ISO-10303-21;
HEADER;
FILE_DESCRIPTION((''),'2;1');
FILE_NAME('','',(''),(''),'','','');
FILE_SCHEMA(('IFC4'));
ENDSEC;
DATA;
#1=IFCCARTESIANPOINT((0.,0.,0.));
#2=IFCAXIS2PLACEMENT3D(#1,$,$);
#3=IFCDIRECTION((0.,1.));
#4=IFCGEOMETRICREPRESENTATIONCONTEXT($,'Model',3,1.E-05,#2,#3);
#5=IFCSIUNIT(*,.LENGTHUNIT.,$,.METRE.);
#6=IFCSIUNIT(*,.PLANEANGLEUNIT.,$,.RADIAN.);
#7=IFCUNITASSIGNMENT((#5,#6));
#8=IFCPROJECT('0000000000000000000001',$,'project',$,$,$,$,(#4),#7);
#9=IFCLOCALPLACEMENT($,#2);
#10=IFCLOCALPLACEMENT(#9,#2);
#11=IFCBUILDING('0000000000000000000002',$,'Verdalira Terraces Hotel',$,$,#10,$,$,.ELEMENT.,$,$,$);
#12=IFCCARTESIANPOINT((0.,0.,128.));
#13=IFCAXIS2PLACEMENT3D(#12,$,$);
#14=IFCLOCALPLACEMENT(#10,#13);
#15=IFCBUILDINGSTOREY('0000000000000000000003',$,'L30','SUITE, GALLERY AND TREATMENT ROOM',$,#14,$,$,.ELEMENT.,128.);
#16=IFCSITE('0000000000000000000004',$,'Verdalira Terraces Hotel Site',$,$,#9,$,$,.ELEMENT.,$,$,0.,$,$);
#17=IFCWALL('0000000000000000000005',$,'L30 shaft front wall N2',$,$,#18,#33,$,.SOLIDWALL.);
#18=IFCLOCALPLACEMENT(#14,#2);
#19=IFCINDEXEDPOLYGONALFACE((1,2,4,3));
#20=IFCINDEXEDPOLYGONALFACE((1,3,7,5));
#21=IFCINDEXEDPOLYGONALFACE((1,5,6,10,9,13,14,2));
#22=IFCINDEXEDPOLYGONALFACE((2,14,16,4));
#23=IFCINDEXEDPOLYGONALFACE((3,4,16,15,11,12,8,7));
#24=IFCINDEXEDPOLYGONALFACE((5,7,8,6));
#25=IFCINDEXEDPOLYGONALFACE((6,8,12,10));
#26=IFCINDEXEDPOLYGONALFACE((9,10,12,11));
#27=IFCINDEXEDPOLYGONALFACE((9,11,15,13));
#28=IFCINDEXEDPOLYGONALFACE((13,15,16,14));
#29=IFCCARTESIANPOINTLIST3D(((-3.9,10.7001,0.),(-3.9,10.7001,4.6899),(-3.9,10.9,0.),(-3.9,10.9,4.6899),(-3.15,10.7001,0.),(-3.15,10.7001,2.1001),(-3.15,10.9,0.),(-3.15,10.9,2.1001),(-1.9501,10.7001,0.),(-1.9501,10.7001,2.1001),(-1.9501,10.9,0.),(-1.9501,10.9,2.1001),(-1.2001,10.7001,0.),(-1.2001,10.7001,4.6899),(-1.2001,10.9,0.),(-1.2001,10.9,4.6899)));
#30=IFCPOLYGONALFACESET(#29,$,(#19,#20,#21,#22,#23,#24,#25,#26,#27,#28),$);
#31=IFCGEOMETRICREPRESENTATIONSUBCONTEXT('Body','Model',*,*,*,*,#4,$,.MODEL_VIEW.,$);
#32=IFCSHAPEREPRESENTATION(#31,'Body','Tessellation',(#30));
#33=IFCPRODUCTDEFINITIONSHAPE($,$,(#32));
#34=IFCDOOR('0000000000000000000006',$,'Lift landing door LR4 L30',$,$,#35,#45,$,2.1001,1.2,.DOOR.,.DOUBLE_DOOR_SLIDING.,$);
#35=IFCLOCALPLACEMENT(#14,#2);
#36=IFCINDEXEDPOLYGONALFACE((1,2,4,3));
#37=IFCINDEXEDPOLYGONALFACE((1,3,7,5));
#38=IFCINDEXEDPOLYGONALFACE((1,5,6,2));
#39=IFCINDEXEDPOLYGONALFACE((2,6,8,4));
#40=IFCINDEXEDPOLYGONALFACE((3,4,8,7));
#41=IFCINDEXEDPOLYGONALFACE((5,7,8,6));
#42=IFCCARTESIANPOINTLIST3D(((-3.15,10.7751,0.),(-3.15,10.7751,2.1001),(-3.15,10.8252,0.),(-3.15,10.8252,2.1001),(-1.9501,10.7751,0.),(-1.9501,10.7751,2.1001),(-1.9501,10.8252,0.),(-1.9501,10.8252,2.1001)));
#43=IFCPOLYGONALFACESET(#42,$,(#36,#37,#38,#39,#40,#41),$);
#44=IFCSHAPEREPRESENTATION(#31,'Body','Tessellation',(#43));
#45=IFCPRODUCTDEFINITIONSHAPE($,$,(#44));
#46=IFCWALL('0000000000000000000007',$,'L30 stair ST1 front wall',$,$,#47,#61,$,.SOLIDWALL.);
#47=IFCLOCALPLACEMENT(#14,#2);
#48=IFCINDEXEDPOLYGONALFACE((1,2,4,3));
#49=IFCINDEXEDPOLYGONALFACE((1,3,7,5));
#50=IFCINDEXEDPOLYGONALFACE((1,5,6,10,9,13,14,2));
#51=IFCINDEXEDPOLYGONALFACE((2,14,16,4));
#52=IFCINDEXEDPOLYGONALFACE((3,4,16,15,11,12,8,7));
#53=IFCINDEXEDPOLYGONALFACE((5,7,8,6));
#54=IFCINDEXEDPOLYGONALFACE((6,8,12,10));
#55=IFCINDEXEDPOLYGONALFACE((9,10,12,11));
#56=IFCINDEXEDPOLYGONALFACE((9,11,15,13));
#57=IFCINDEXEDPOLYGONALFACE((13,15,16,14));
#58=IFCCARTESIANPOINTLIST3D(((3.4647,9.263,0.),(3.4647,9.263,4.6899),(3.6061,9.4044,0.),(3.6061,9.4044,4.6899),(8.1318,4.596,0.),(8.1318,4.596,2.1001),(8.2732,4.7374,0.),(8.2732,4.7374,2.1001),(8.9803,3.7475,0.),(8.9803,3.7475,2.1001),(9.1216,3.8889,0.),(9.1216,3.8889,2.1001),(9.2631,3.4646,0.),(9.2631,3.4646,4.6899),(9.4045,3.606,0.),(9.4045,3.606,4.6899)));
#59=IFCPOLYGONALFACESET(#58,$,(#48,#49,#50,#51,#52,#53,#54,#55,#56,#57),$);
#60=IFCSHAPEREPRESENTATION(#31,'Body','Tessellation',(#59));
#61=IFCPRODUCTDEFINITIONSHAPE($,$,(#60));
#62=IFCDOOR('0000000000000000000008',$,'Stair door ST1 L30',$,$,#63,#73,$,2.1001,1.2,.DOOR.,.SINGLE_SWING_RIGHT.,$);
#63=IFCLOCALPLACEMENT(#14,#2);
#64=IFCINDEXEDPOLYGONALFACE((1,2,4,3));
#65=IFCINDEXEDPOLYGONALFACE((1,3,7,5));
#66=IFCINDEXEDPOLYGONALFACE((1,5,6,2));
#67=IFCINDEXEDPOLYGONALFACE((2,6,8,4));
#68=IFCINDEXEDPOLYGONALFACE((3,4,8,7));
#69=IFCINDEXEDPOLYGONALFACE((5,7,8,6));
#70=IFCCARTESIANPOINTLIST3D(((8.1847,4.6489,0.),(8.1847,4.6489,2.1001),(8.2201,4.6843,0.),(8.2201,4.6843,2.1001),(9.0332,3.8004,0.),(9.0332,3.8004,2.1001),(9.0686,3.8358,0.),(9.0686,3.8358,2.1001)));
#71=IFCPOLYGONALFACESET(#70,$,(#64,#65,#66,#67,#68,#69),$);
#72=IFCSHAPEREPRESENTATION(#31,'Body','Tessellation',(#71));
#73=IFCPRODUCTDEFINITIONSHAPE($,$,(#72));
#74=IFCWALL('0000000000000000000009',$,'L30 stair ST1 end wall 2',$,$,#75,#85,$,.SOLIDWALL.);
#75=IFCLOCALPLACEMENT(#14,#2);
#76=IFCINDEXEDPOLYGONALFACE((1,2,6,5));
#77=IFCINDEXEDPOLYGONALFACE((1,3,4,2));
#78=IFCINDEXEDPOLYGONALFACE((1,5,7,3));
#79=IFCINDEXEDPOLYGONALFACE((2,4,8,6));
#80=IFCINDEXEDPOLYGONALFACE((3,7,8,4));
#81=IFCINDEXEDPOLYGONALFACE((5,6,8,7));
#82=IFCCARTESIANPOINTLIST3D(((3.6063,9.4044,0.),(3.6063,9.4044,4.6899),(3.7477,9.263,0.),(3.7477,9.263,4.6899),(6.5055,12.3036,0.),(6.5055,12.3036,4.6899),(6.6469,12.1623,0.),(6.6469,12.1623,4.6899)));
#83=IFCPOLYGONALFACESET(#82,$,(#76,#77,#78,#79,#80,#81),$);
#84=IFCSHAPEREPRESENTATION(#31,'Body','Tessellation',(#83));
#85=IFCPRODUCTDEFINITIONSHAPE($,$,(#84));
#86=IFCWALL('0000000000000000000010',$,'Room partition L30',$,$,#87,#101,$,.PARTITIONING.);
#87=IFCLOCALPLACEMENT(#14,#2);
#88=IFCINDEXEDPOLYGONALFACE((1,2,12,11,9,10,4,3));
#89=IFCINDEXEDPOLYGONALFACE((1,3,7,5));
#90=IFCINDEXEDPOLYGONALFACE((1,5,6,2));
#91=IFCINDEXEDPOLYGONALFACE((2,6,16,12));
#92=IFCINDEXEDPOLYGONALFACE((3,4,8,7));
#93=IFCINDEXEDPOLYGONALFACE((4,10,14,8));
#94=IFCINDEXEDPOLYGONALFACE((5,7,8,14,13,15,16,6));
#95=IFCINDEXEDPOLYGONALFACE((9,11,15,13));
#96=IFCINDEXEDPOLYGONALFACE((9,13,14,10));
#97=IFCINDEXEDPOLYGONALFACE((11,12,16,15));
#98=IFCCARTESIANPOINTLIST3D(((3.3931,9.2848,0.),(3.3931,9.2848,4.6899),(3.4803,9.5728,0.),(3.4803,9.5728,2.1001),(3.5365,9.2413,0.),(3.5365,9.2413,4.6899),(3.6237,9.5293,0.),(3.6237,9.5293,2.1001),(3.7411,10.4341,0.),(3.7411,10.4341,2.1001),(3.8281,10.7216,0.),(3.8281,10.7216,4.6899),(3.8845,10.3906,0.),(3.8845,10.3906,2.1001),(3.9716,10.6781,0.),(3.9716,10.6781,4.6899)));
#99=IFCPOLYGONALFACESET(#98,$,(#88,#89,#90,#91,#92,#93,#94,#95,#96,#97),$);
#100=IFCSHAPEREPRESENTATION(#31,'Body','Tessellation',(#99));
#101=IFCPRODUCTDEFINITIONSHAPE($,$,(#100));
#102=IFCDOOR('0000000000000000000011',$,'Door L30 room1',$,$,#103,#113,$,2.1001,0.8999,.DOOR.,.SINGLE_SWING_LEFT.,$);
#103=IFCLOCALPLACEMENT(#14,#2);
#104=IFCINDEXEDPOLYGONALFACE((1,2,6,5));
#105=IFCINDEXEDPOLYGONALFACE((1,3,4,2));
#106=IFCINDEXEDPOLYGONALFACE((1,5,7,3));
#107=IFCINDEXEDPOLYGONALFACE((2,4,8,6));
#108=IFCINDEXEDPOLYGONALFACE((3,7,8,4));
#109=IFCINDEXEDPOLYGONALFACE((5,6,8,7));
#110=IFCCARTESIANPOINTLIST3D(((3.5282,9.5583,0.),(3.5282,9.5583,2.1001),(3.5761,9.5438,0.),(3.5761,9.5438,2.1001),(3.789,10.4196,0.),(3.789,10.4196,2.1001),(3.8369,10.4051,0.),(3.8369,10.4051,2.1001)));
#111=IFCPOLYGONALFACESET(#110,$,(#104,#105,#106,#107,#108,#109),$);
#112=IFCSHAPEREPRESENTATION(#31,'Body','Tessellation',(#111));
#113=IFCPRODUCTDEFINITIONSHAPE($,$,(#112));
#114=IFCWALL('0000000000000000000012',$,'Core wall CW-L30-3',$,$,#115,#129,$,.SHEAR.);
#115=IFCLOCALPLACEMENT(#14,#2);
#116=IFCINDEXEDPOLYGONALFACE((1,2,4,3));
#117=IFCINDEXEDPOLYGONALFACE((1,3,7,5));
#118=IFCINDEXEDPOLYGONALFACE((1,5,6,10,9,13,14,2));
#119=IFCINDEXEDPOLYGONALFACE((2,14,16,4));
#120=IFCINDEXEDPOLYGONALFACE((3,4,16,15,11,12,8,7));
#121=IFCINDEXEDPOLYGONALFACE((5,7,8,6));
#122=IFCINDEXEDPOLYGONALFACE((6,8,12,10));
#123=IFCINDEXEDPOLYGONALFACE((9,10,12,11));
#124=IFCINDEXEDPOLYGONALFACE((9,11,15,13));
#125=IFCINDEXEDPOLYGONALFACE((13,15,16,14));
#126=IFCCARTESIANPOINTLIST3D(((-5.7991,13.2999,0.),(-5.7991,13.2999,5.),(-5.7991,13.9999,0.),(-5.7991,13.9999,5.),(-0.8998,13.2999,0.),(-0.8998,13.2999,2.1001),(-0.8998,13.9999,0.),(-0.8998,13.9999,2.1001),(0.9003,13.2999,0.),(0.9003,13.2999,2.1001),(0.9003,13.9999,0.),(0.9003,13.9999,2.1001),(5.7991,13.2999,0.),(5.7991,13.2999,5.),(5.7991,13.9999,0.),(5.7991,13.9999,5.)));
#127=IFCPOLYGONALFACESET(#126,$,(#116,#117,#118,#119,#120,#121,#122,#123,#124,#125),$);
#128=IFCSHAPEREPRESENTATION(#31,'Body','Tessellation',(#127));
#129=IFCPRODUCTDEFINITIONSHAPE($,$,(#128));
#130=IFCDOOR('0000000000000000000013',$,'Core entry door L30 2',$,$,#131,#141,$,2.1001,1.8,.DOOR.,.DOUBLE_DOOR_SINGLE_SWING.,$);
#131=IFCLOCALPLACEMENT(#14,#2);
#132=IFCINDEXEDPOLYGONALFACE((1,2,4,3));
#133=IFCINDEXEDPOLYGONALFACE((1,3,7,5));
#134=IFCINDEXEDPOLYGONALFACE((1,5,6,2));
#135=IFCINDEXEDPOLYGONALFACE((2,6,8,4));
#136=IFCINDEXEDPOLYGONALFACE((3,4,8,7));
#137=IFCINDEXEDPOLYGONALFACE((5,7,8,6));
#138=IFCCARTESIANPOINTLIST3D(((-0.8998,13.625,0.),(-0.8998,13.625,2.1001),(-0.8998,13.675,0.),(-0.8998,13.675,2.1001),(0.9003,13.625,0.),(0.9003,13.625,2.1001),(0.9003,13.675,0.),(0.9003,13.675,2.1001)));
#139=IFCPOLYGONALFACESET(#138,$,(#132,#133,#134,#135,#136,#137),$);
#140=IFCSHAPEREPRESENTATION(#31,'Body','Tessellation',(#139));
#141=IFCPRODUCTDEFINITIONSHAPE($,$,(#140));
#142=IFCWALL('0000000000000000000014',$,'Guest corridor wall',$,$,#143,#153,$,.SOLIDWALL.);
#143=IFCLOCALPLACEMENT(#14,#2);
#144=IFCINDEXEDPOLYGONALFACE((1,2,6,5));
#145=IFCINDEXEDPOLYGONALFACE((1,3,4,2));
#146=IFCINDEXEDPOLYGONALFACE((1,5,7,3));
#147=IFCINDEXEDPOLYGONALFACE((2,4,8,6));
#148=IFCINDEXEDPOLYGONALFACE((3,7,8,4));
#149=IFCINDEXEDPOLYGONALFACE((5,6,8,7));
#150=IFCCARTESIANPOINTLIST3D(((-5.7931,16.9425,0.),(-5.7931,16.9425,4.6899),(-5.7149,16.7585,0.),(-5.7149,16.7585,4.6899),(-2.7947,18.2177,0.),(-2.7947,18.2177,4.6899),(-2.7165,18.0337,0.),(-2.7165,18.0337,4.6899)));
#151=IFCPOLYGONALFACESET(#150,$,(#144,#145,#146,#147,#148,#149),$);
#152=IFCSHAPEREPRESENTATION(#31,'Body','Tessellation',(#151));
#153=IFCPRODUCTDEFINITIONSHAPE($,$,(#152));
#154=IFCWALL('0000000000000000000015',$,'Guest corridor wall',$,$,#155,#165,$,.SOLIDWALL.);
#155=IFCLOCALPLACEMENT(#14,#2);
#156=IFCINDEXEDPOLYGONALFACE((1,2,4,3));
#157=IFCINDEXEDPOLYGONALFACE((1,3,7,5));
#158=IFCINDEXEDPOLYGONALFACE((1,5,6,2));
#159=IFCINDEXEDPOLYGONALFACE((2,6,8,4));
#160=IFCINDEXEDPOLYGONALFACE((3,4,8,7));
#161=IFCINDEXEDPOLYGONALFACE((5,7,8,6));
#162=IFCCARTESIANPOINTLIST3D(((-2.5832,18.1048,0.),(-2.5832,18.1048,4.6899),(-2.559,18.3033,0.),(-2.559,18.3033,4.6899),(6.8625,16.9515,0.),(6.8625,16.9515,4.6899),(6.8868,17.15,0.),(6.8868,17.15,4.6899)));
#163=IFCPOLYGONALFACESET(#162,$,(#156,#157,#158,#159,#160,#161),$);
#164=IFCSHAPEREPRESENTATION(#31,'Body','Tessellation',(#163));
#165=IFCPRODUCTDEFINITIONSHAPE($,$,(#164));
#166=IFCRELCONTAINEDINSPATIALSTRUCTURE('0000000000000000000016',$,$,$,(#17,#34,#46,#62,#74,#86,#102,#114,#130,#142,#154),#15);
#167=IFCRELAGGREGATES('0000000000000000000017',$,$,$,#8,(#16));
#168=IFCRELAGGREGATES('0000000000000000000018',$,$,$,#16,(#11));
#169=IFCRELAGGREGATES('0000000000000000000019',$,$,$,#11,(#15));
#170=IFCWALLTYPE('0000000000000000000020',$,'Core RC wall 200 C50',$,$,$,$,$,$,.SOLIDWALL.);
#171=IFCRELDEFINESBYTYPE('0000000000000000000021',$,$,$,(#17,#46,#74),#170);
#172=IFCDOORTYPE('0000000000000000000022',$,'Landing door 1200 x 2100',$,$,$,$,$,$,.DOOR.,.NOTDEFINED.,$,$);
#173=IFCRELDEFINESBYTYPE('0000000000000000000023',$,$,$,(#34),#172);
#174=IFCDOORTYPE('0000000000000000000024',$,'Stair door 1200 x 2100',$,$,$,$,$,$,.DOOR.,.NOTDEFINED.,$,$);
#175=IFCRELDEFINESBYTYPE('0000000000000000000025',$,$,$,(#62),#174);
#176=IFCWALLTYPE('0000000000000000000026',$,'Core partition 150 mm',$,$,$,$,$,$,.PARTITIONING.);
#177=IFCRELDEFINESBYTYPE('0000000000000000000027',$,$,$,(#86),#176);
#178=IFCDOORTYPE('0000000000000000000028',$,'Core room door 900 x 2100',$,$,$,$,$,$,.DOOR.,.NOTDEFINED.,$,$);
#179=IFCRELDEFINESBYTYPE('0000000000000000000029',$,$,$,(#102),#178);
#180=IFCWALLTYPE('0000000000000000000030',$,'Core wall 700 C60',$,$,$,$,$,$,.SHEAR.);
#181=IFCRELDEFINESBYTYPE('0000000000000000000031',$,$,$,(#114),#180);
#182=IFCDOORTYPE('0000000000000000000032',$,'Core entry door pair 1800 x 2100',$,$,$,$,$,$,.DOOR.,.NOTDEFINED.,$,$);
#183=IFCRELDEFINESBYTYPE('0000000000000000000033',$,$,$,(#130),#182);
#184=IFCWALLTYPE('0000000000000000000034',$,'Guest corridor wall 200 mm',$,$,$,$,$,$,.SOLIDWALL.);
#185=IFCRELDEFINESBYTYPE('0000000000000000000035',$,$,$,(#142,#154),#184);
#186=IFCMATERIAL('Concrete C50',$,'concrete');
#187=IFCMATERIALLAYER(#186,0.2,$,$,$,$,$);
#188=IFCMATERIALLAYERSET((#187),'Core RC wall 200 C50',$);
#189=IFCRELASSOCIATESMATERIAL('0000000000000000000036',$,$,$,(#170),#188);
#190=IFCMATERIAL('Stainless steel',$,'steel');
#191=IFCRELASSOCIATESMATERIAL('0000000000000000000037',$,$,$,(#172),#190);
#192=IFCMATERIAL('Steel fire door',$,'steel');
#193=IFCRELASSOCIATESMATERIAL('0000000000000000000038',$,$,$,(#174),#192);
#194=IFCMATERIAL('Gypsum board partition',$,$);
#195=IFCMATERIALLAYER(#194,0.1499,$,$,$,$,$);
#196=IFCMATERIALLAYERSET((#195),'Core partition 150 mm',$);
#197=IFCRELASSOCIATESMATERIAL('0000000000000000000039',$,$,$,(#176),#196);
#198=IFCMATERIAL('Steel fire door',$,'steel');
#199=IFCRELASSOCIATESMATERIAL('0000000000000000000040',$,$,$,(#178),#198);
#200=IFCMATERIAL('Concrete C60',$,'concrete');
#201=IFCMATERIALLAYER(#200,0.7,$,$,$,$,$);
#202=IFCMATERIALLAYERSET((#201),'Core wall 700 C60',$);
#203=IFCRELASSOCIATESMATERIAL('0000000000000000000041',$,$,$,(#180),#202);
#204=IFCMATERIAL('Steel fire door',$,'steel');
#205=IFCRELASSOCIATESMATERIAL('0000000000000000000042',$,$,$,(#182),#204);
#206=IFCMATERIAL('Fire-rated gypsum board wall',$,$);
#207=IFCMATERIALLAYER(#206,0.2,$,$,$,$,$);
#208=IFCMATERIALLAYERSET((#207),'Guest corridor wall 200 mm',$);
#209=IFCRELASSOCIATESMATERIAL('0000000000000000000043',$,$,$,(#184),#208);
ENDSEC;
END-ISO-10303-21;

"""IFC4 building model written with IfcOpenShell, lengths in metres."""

from ifc_helpers import new_model, si_unit, direction, frame, frame_2d, origin, place, context, subcontext, project, spatial, rectangle, extrude, material, layer, layer_set, type_object, element, fill, save


model = new_model("IFC4")

# Units and contexts
model_context = context("Model", 3, precision=1e-05, world=origin(), true_north=direction((0.0, 1.0)))
body_context = subcontext(model_context, "Body", "Model", "MODEL_VIEW")
ifc_project = project(units=[si_unit("LENGTHUNIT", "METRE"), si_unit("PLANEANGLEUNIT", "RADIAN")], contexts=[model_context])

# Site, building, storey
site_placement = place(None, origin())
site = spatial("IfcSite", under=ifc_project, at=site_placement, Name="Verdalira Terraces Hotel Site", CompositionType="ELEMENT", RefElevation=0.0)
building_placement = place(site_placement, origin())
building = spatial("IfcBuilding", under=site, at=building_placement, Name="Verdalira Terraces Hotel", CompositionType="ELEMENT")
storey_placement = place(building_placement, frame((0.0, 0.0, 128.0)))
storey = spatial("IfcBuildingStorey", under=building, at=storey_placement, Name="L30", Description="SUITE, GALLERY AND TREATMENT ROOM", CompositionType="ELEMENT", Elevation=128.0)

# Walls, openings, doors
ifc_material_1 = material(Name="Concrete C50", Category="concrete")
ifc_layer_1 = layer(ifc_material_1, 0.2)
ifc_layer_set_1 = layer_set([ifc_layer_1], Name="Core RC wall 200 C50")
wall_type_1 = type_object("IfcWallType", Name="Core RC wall 200 C50", PredefinedType="SOLIDWALL", material=ifc_layer_set_1)
ifc_material_2 = material(Name="Stainless steel", Category="steel")
door_type_1 = type_object("IfcDoorType", Name="Landing door 1200 x 2100", OperationType="NOTDEFINED", PredefinedType="DOOR", material=ifc_material_2)
wall_1_placement = place(storey_placement, frame((-1.2, 10.8, 0.0), z_axis=(0.0, 0.0, 1.0), x_axis=(-1.0, 0.0, 0.0)))
wall_1 = element("IfcWall", 1, at=wall_1_placement, inside=storey, type_object=wall_type_1, Name="L30 shaft front wall N2", PredefinedType="SOLIDWALL", context=body_context, shape_type="SweptSolid", body=[
    extrude(rectangle(XDim=2.7, YDim=0.2, at=frame_2d((1.3501, 0.0))), origin(), (0.0, 0.0, 1.0), 4.6899),
])
opening_1_placement = place(wall_1_placement, frame((0.75, 0.0, 0.0)))
opening_1 = element("IfcOpeningElement", 2, at=opening_1_placement, cuts=wall_1, PredefinedType="OPENING", context=body_context, shape_type="SweptSolid", body=[
    extrude(rectangle(XDim=1.2, YDim=2.1001, at=frame_2d((0.6001, 1.05))), frame((0.0, 0.1099, 0.0), z_axis=(0.0, -1.0, 0.0), x_axis=(1.0, 0.0, 0.0)), (0.0, 0.0, 1.0), 0.22),
])
door_1_placement = place(opening_1_placement, origin())
door_1 = element("IfcDoor", 3, at=door_1_placement, inside=storey, type_object=door_type_1, Name="Lift landing door LR4 L30", OperationType="DOUBLE_DOOR_SLIDING", OverallHeight=2.1001, OverallWidth=1.2, PredefinedType="DOOR", context=body_context, shape_type="SweptSolid", body=[
    extrude(rectangle(XDim=1.2, YDim=2.1001, at=frame_2d((0.6001, 1.05))), frame((0.0, 0.0249, 0.0), z_axis=(0.0, -1.0, 0.0), x_axis=(1.0, 0.0, 0.0)), (0.0, 0.0, 1.0), 0.05),
])
fill(opening_1, door_1)
wall_2_placement = place(storey_placement, frame((3.5354, 9.3337, 0.0), z_axis=(0.0, 0.0, 1.0), x_axis=(0.707107, -0.707107, 0.0)))
wall_2 = element("IfcWall", 4, at=wall_2_placement, inside=storey, type_object=wall_type_1, Name="L30 stair ST1 front wall", PredefinedType="SOLIDWALL", context=body_context, shape_type="SweptSolid", body=[
    extrude(rectangle(XDim=8.2002, YDim=0.2, at=frame_2d((4.1001, 0.0))), origin(), (0.0, 0.0, 1.0), 4.6899),
])
opening_2_placement = place(wall_2_placement, frame((6.6001, 0.0, 0.0)))
opening_2 = element("IfcOpeningElement", 5, at=opening_2_placement, cuts=wall_2, PredefinedType="OPENING", context=body_context, shape_type="SweptSolid", body=[
    extrude(rectangle(XDim=1.2, YDim=2.1001, at=frame_2d((0.6001, 1.05))), frame((0.0, 0.1099, 0.0), z_axis=(0.0, -1.0, 0.0), x_axis=(1.0, 0.0, 0.0)), (0.0, 0.0, 1.0), 0.22),
])
ifc_material_3 = material(Name="Steel fire door", Category="steel")
door_type_2 = type_object("IfcDoorType", Name="Stair door 1200 x 2100", OperationType="NOTDEFINED", PredefinedType="DOOR", material=ifc_material_3)
door_2_placement = place(opening_2_placement, origin())
door_2 = element("IfcDoor", 6, at=door_2_placement, inside=storey, type_object=door_type_2, Name="Stair door ST1 L30", OperationType="SINGLE_SWING_RIGHT", OverallHeight=2.1001, OverallWidth=1.2, PredefinedType="DOOR", context=body_context, shape_type="SweptSolid", body=[
    extrude(rectangle(XDim=1.2, YDim=2.1001, at=frame_2d((0.6001, 1.05))), frame((0.0, 0.0249, 0.0), z_axis=(0.0, -1.0, 0.0), x_axis=(1.0, 0.0, 0.0)), (0.0, 0.0, 1.0), 0.05),
])
fill(opening_2, door_2)

# Wall
wall_3_placement = place(storey_placement, frame((3.677, 9.3337, 0.0), z_axis=(0.0, 0.0, 1.0), x_axis=(0.707107, 0.707107, 0.0)))
element("IfcWall", 7, at=wall_3_placement, inside=storey, type_object=wall_type_1, Name="L30 stair ST1 end wall 2", PredefinedType="SOLIDWALL", context=body_context, shape_type="SweptSolid", body=[
    extrude(rectangle(XDim=4.1001, YDim=0.2, at=frame_2d((2.05, 0.0))), origin(), (0.0, 0.0, 1.0), 4.6899),
])

# Walls, openings, doors
ifc_material_4 = material(Name="Gypsum board partition")
ifc_layer_2 = layer(ifc_material_4, 0.1499)
ifc_layer_set_2 = layer_set([ifc_layer_2], Name="Core partition 150 mm")
wall_type_2 = type_object("IfcWallType", Name="Core partition 150 mm", PredefinedType="PARTITIONING", material=ifc_layer_set_2)
wall_4_placement = place(storey_placement, frame((3.4648, 9.2632, 0.0), z_axis=(0.0, 0.0, 1.0), x_axis=(0.289809, 0.957085, 0.0)))
wall_4 = element("IfcWall", 8, at=wall_4_placement, inside=storey, type_object=wall_type_2, Name="Room partition L30", PredefinedType="PARTITIONING", context=body_context, shape_type="SweptSolid", body=[
    extrude(rectangle(XDim=1.5012, YDim=0.1499, at=frame_2d((0.7505, 0.0))), origin(), (0.0, 0.0, 1.0), 4.6899),
])
opening_3_placement = place(wall_4_placement, frame((0.3008, 0.0, 0.0)))
opening_3 = element("IfcOpeningElement", 9, at=opening_3_placement, cuts=wall_4, PredefinedType="OPENING", context=body_context, shape_type="SweptSolid", body=[
    extrude(rectangle(XDim=0.8999, YDim=2.1001, at=frame_2d((0.45, 1.05))), frame((0.0, 0.085, 0.0), z_axis=(0.0, -1.0, 0.0), x_axis=(1.0, 0.0, 0.0)), (0.0, 0.0, 1.0), 0.1699),
])
ifc_material_5 = material(Name="Steel fire door", Category="steel")
door_type_3 = type_object("IfcDoorType", Name="Core room door 900 x 2100", OperationType="NOTDEFINED", PredefinedType="DOOR", material=ifc_material_5)
door_3_placement = place(opening_3_placement, origin())
door_3 = element("IfcDoor", 10, at=door_3_placement, inside=storey, type_object=door_type_3, Name="Door L30 room1", OperationType="SINGLE_SWING_LEFT", OverallHeight=2.1001, OverallWidth=0.8999, PredefinedType="DOOR", context=body_context, shape_type="SweptSolid", body=[
    extrude(rectangle(XDim=0.8999, YDim=2.1001, at=frame_2d((0.45, 1.05))), frame((0.0, 0.0249, 0.0), z_axis=(0.0, -1.0, 0.0), x_axis=(1.0, 0.0, 0.0)), (0.0, 0.0, 1.0), 0.05),
])
fill(opening_3, door_3)
ifc_material_6 = material(Name="Concrete C60", Category="concrete")
ifc_layer_3 = layer(ifc_material_6, 0.7)
ifc_layer_set_3 = layer_set([ifc_layer_3], Name="Core wall 700 C60")
wall_type_3 = type_object("IfcWallType", Name="Core wall 700 C60", PredefinedType="SHEAR", material=ifc_layer_set_3)
wall_5_placement = place(storey_placement, frame((5.7991, 13.6499, 0.0), z_axis=(0.0, 0.0, 1.0), x_axis=(-1.0, 0.0, 0.0)))
wall_5 = element("IfcWall", 11, at=wall_5_placement, inside=storey, type_object=wall_type_3, Name="Core wall CW-L30-3", PredefinedType="SHEAR", context=body_context, shape_type="SweptSolid", body=[
    extrude(rectangle(XDim=11.5981, YDim=0.7, at=frame_2d((5.7991, 0.0))), origin(), (0.0, 0.0, 1.0), 5.0),
])
opening_4_placement = place(wall_5_placement, frame((4.8989, 0.0, 0.0)))
opening_4 = element("IfcOpeningElement", 12, at=opening_4_placement, cuts=wall_5, PredefinedType="OPENING", context=body_context, shape_type="SweptSolid", body=[
    extrude(rectangle(XDim=1.8, YDim=2.1001, at=frame_2d((0.8999, 1.05))), frame((0.0, 0.3599, 0.0), z_axis=(0.0, -1.0, 0.0), x_axis=(1.0, 0.0, 0.0)), (0.0, 0.0, 1.0), 0.72),
])
ifc_material_7 = material(Name="Steel fire door", Category="steel")
door_type_4 = type_object("IfcDoorType", Name="Core entry door pair 1800 x 2100", OperationType="NOTDEFINED", PredefinedType="DOOR", material=ifc_material_7)
door_4_placement = place(opening_4_placement, origin())
door_4 = element("IfcDoor", 13, at=door_4_placement, inside=storey, type_object=door_type_4, Name="Core entry door L30 2", OperationType="DOUBLE_DOOR_SINGLE_SWING", OverallHeight=2.1001, OverallWidth=1.8, PredefinedType="DOOR", context=body_context, shape_type="SweptSolid", body=[
    extrude(rectangle(XDim=1.8, YDim=2.1001, at=frame_2d((0.8999, 1.05))), frame((0.0, 0.0249, 0.0), z_axis=(0.0, -1.0, 0.0), x_axis=(1.0, 0.0, 0.0)), (0.0, 0.0, 1.0), 0.05),
])
fill(opening_4, door_4)

# Walls
ifc_material_8 = material(Name="Fire-rated gypsum board wall")
ifc_layer_4 = layer(ifc_material_8, 0.2)
ifc_layer_set_4 = layer_set([ifc_layer_4], Name="Guest corridor wall 200 mm")
wall_type_4 = type_object("IfcWallType", Name="Guest corridor wall 200 mm", PredefinedType="SOLIDWALL", material=ifc_layer_set_4)
wall_6_placement = place(storey_placement, frame((-2.7556, 18.1257, 0.0), z_axis=(0.0, 0.0, 1.0), x_axis=(-0.920234, -0.391368, 0.0)))
element("IfcWall", 14, at=wall_6_placement, inside=storey, type_object=wall_type_4, Name="Guest corridor wall", PredefinedType="SOLIDWALL", context=body_context, shape_type="SweptSolid", body=[
    extrude(rectangle(XDim=3.2583, YDim=0.2, at=frame_2d((1.6292, 0.0))), origin(), (0.0, 0.0, 1.0), 4.6899),
])
wall_7_placement = place(storey_placement, frame((6.8745, 17.0508, 0.0), z_axis=(0.0, 0.0, 1.0), x_axis=(-0.992628, 0.121199, 0.0)))
element("IfcWall", 15, at=wall_7_placement, inside=storey, type_object=wall_type_4, Name="Guest corridor wall", PredefinedType="SOLIDWALL", context=body_context, shape_type="SweptSolid", body=[
    extrude(rectangle(XDim=9.5159, YDim=0.2, at=frame_2d((4.7578, 0.0))), origin(), (0.0, 0.0, 1.0), 4.6899),
])

save(model, "model.ifc")
